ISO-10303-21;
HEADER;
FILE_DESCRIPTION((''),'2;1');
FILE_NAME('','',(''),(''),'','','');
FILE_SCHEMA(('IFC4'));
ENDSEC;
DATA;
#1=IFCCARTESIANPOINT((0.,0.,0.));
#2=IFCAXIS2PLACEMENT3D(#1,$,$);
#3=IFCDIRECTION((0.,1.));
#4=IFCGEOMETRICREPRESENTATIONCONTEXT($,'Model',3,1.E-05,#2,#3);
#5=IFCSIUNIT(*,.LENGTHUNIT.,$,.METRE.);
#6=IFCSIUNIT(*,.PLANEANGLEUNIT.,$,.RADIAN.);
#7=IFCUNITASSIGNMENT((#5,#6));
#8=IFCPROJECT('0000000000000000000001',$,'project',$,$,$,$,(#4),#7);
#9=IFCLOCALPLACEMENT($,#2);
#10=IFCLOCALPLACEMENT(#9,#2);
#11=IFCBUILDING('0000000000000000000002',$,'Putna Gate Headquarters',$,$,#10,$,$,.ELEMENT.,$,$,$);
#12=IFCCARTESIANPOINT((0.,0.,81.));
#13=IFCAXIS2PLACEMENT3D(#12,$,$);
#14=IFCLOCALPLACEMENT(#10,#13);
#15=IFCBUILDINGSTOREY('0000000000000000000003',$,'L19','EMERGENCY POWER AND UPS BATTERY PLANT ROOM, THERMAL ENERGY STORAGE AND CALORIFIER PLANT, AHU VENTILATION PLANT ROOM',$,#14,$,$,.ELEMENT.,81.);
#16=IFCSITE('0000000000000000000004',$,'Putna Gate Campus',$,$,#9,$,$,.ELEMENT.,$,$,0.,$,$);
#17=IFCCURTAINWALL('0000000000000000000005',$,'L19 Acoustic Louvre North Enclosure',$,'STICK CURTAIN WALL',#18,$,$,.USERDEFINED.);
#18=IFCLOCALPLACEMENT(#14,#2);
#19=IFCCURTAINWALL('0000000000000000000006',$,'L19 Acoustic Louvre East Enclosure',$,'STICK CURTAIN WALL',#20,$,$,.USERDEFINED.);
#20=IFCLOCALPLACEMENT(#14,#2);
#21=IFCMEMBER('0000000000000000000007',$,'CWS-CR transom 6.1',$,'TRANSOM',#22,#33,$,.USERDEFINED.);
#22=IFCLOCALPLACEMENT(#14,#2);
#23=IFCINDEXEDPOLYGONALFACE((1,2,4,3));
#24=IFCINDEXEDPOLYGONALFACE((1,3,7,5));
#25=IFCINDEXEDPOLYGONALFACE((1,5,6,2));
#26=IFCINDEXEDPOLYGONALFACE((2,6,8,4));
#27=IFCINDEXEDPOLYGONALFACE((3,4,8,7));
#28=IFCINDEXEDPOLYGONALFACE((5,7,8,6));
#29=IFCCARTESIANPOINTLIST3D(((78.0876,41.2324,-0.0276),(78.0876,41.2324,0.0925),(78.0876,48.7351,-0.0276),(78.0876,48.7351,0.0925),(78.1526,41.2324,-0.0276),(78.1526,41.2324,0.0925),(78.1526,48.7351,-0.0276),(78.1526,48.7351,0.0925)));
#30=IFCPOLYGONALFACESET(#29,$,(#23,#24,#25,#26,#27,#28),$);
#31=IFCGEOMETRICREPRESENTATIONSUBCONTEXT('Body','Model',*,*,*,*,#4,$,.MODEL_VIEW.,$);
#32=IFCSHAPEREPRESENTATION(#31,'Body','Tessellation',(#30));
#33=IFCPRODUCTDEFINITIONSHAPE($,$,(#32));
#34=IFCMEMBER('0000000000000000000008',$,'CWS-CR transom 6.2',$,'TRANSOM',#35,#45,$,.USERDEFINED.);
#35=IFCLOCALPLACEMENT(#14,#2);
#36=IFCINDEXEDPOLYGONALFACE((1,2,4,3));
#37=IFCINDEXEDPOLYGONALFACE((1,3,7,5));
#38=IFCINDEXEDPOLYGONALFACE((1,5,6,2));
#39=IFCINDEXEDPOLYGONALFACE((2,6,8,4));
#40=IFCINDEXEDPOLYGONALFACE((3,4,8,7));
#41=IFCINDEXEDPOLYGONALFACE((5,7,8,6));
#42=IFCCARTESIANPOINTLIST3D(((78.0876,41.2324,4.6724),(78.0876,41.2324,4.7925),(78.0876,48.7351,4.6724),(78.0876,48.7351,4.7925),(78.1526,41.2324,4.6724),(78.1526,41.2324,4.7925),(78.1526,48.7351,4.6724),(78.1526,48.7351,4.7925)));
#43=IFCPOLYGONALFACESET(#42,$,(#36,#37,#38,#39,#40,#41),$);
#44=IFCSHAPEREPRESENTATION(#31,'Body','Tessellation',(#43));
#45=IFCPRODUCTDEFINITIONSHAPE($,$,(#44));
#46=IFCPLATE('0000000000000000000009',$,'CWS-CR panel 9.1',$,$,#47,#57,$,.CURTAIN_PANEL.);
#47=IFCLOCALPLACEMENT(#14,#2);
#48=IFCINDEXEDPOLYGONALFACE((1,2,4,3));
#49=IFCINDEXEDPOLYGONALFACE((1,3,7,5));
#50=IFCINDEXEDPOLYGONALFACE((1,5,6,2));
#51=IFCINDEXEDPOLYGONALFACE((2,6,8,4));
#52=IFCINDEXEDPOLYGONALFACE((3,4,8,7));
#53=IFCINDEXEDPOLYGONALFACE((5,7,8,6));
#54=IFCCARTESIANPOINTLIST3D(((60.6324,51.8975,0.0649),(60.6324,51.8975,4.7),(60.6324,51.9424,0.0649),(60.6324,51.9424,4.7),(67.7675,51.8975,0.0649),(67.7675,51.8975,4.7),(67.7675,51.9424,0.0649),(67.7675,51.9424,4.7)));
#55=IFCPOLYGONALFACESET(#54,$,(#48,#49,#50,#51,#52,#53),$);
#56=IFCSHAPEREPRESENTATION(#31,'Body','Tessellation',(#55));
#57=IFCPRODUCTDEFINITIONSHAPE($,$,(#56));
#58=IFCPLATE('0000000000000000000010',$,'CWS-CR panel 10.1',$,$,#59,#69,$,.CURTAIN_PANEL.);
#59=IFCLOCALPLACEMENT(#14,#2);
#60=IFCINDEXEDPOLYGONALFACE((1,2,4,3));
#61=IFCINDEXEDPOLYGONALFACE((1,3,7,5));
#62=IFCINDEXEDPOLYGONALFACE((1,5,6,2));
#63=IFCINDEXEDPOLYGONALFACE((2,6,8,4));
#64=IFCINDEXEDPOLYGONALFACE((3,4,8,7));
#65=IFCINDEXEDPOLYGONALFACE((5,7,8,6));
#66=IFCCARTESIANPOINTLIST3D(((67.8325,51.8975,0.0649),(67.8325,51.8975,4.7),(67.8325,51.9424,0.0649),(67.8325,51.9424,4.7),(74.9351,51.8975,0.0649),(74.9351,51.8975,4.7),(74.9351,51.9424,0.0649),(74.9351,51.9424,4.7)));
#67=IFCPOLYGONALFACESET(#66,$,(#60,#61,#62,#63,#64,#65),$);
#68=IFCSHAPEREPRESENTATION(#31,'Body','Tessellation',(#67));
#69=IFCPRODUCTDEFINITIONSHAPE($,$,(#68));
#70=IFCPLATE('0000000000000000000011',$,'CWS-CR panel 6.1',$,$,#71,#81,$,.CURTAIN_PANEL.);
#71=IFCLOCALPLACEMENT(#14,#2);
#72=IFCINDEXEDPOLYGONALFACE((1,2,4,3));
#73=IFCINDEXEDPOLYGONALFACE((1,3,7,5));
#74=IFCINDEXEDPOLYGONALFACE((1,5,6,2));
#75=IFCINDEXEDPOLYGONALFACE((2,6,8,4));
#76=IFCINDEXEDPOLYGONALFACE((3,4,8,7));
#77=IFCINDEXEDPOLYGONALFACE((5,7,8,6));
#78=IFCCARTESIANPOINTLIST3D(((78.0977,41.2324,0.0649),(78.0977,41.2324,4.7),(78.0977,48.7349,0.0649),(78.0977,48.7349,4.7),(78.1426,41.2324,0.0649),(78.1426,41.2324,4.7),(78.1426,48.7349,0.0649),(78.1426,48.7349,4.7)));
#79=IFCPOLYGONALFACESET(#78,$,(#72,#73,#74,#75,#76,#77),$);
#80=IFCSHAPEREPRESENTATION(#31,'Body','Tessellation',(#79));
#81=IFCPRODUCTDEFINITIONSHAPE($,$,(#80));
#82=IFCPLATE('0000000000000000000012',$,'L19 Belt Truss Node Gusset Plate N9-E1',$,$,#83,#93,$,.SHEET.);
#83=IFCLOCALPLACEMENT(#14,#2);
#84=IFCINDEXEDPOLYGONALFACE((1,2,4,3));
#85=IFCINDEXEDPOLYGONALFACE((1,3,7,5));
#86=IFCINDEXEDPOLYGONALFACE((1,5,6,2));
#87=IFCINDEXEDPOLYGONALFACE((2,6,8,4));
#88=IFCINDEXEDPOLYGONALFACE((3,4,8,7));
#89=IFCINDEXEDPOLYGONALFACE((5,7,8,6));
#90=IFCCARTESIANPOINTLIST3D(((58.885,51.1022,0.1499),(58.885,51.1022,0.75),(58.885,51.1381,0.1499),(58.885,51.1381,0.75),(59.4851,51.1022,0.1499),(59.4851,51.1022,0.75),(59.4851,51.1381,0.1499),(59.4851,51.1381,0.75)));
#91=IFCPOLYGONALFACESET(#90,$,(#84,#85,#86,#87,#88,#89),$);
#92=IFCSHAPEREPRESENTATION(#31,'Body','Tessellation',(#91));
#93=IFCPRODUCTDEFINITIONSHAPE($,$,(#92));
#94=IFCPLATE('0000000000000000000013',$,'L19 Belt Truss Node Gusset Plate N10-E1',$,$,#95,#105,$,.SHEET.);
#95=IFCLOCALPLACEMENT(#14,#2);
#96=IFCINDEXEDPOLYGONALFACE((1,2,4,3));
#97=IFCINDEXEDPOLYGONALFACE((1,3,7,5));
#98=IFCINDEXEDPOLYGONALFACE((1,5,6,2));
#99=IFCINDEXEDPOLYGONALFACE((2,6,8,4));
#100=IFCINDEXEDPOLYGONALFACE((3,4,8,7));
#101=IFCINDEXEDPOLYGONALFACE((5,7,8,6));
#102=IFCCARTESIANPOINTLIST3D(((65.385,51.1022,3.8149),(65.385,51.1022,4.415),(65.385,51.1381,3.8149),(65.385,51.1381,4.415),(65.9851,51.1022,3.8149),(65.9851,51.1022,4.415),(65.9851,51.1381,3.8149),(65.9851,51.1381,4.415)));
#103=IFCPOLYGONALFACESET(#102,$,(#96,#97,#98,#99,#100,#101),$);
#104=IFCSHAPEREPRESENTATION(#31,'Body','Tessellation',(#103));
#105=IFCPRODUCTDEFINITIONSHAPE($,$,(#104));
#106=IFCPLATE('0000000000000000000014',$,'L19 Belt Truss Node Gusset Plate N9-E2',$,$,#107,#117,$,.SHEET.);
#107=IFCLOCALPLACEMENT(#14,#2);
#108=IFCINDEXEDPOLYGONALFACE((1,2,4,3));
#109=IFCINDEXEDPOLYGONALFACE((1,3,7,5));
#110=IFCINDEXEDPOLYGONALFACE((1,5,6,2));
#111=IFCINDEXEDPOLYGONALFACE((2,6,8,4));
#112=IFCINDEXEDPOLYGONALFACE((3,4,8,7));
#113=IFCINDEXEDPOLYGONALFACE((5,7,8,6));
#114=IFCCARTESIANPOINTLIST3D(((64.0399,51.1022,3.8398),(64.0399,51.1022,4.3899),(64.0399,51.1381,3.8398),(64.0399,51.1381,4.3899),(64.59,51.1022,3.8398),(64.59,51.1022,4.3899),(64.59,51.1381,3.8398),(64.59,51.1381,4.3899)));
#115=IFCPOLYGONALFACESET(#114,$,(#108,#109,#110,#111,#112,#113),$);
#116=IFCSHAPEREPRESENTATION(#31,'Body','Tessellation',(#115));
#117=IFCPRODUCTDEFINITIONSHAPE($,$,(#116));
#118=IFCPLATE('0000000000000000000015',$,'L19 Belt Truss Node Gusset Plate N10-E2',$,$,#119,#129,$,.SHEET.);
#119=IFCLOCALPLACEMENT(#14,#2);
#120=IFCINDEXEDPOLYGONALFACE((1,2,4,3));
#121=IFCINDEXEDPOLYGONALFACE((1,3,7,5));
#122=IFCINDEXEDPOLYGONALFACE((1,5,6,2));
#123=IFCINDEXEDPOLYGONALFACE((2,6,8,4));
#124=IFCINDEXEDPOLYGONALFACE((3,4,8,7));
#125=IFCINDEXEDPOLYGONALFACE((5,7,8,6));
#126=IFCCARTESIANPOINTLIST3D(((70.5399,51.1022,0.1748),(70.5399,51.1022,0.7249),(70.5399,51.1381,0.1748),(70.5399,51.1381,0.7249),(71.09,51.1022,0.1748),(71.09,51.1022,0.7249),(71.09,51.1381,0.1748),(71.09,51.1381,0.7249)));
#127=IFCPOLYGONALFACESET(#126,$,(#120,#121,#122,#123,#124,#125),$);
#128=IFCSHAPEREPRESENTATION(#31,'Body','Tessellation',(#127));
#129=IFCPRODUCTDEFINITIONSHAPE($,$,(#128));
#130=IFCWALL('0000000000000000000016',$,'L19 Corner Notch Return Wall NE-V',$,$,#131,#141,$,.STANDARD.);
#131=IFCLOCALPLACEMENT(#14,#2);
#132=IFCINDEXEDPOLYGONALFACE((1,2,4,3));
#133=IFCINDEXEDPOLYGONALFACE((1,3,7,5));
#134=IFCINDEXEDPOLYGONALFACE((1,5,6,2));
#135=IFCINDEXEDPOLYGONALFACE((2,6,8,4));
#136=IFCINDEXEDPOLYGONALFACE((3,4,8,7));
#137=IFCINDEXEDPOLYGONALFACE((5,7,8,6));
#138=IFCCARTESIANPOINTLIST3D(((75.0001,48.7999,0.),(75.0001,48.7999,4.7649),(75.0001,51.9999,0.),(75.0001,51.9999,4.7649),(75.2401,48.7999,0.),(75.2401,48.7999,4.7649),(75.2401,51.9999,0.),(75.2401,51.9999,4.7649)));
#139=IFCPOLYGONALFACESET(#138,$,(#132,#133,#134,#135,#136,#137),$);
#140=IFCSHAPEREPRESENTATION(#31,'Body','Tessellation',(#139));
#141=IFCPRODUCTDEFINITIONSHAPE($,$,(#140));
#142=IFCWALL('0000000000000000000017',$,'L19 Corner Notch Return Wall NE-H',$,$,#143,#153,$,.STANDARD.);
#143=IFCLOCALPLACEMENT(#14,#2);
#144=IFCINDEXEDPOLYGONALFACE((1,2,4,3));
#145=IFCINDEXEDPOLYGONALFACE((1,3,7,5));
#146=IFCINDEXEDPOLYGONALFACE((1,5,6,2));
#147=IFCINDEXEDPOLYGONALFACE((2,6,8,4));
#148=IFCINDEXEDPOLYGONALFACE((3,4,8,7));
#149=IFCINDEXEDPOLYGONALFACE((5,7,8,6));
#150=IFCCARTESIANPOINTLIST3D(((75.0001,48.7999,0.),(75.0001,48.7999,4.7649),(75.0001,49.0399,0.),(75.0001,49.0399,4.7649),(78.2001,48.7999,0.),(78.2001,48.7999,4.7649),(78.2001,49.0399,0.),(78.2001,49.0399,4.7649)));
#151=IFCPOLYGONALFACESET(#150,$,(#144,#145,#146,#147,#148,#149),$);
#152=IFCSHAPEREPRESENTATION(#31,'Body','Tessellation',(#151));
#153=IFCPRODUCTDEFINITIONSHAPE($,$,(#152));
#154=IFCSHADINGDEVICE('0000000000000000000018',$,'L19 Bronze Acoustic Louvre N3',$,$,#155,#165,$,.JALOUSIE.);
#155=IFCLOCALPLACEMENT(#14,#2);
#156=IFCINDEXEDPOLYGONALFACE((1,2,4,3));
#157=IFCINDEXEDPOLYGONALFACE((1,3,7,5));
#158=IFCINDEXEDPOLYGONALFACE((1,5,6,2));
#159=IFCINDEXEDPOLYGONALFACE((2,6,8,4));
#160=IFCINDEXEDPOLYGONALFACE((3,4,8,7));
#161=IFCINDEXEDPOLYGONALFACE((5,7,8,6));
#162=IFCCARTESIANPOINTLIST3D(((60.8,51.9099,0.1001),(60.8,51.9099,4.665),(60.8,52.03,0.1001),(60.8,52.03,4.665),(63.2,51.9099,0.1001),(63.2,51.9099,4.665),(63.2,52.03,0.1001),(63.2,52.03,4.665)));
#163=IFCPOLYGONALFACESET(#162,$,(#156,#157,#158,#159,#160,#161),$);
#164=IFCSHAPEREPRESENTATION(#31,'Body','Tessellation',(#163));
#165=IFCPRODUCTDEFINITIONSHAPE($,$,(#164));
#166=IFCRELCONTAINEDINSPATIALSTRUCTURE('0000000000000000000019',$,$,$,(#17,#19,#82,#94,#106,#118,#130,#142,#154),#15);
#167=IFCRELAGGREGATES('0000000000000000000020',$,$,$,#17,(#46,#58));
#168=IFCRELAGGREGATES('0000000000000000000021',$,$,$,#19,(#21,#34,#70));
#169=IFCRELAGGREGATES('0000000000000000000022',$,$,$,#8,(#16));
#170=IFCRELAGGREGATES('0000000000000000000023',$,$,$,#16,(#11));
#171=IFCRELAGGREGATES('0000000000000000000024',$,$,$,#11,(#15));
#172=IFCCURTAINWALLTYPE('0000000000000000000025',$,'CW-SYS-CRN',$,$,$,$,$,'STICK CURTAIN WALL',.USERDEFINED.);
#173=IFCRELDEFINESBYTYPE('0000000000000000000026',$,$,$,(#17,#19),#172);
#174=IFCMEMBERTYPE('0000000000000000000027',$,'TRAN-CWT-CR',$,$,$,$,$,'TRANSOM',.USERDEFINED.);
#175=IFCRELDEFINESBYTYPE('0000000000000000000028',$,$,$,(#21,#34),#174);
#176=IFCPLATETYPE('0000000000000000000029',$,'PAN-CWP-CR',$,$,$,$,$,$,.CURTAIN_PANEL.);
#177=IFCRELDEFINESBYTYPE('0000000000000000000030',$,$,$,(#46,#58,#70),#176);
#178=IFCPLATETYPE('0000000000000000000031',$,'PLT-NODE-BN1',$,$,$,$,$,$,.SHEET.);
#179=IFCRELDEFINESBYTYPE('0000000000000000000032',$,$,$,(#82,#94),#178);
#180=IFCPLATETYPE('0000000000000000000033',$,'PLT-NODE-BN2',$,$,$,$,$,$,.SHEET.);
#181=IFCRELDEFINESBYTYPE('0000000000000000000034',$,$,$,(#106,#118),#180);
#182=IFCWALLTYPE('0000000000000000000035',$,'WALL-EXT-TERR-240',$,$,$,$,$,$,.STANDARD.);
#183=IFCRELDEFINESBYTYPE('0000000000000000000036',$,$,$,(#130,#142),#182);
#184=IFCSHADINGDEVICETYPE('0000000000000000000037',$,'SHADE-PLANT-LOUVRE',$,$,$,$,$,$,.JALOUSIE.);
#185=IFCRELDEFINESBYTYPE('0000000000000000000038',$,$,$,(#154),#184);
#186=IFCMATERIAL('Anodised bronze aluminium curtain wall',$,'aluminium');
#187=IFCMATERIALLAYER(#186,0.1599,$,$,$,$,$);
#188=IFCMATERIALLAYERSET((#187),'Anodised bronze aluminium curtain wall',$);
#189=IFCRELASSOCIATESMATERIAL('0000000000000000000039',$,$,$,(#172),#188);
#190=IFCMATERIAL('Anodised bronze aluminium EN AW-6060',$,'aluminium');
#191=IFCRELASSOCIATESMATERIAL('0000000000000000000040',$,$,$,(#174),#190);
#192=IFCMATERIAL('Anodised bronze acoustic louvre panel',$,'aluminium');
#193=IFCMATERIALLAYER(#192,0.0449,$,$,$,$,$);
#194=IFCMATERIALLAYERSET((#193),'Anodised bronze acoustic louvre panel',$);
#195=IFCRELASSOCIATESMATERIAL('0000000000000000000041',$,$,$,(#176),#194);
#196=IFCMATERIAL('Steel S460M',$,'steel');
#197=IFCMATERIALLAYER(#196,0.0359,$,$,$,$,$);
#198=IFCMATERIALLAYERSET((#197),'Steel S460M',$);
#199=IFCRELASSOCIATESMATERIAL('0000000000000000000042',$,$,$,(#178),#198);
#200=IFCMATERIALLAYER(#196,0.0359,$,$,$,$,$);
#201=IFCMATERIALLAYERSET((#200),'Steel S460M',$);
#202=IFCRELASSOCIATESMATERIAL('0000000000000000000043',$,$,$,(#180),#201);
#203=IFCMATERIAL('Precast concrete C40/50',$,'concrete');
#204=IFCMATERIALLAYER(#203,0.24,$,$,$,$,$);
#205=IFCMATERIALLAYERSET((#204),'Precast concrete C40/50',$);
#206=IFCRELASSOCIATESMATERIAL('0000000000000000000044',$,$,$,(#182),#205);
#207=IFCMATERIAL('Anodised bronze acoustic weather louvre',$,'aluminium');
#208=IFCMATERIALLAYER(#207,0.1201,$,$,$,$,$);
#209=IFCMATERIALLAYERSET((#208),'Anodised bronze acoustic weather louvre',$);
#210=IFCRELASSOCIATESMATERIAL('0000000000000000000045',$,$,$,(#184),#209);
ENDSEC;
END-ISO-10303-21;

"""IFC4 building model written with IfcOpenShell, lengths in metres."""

from ifc_helpers import new_model, si_unit, direction, frame, frame_2d, origin, origin_2d, place, context, subcontext, project, spatial, rectangle, extrude, material, layer, layer_set, material_profile, profile_set, type_object, element, aggregate, save


model = new_model("IFC4")

# Units and contexts
model_context = context("Model", 3, precision=1e-05, world=origin(), true_north=direction((0.0, 1.0)))
body_context = subcontext(model_context, "Body", "Model", "MODEL_VIEW")
ifc_project = project(units=[si_unit("LENGTHUNIT", "METRE"), si_unit("PLANEANGLEUNIT", "RADIAN")], contexts=[model_context])

# Site, building, storey
site_placement = place(None, origin())
site = spatial("IfcSite", under=ifc_project, at=site_placement, Name="Putna Gate Campus", CompositionType="ELEMENT", RefElevation=0.0)
building_placement = place(site_placement, origin())
building = spatial("IfcBuilding", under=site, at=building_placement, Name="Putna Gate Headquarters", CompositionType="ELEMENT")
storey_placement = place(building_placement, frame((0.0, 0.0, 81.0)))
storey = spatial("IfcBuildingStorey", under=building, at=storey_placement, Name="L19", Description="EMERGENCY POWER AND UPS BATTERY PLANT ROOM, THERMAL ENERGY STORAGE AND CALORIFIER PLANT, AHU VENTILATION PLANT ROOM", CompositionType="ELEMENT", Elevation=81.0)

# Shared definitions
ifc_material_1 = material(Name="Steel S460M", Category="steel")

# Curtain wall
ifc_material_2 = material(Name="Anodised bronze aluminium curtain wall", Category="aluminium")
ifc_layer_1 = layer(ifc_material_2, 0.1599)
ifc_layer_set_1 = layer_set([ifc_layer_1], Name="Anodised bronze aluminium curtain wall")
curtain_wall_type = type_object("IfcCurtainWallType", Name="CW-SYS-CRN", ElementType="STICK CURTAIN WALL", PredefinedType="USERDEFINED", material=ifc_layer_set_1)
curtain_wall_1_placement = place(storey_placement, origin())
curtain_wall_1 = element("IfcCurtainWall", 1, at=curtain_wall_1_placement, inside=storey, type_object=curtain_wall_type, Name="L19 Acoustic Louvre North Enclosure", ObjectType="STICK CURTAIN WALL", PredefinedType="USERDEFINED")
ifc_material_3 = material(Name="Anodised bronze aluminium EN AW-6060", Category="aluminium")

# Curtain wall
curtain_wall_2_placement = place(storey_placement, origin())
curtain_wall_2 = element("IfcCurtainWall", 2, at=curtain_wall_2_placement, inside=storey, type_object=curtain_wall_type, Name="L19 Acoustic Louvre East Enclosure", ObjectType="STICK CURTAIN WALL", PredefinedType="USERDEFINED")

# Members
ifc_material_profile_1 = material_profile(ifc_material_3, rectangle(XDim=0.0649, YDim=0.1201, at=origin_2d()), Name="Anodised bronze aluminium EN AW-6060")
ifc_profile_set_1 = profile_set([ifc_material_profile_1], Name="Anodised bronze aluminium EN AW-6060")
member_type_1 = type_object("IfcMemberType", Name="TRAN-CWT-CR", ElementType="TRANSOM", PredefinedType="USERDEFINED", material=ifc_profile_set_1)
member_1_placement = place(storey_placement, frame((78.1201, 41.2324, 0.0325), z_axis=(0.0, 1.0, 0.0), x_axis=(-1.0, 0.0, 0.0)))
member_1 = element("IfcMember", 3, at=member_1_placement, type_object=member_type_1, Name="CWS-CR transom 6.1", ObjectType="TRANSOM", PredefinedType="USERDEFINED", context=body_context, shape_type="SweptSolid", body=[
    extrude(rectangle(XDim=0.0649, YDim=0.1201, at=origin_2d()), origin(), (0.0, 0.0, 1.0), 7.5027),
])
member_2_placement = place(storey_placement, frame((78.1201, 41.2324, 4.7324), z_axis=(0.0, 1.0, 0.0), x_axis=(-1.0, 0.0, 0.0)))
member_2 = element("IfcMember", 4, at=member_2_placement, type_object=member_type_1, Name="CWS-CR transom 6.2", ObjectType="TRANSOM", PredefinedType="USERDEFINED", context=body_context, shape_type="SweptSolid", body=[
    extrude(rectangle(XDim=0.0649, YDim=0.1201, at=origin_2d()), origin(), (0.0, 0.0, 1.0), 7.5027),
])

# Plates
ifc_material_4 = material(Name="Anodised bronze acoustic louvre panel", Category="aluminium")
ifc_layer_2 = layer(ifc_material_4, 0.0449)
ifc_layer_set_2 = layer_set([ifc_layer_2], Name="Anodised bronze acoustic louvre panel")
plate_type_1 = type_object("IfcPlateType", Name="PAN-CWP-CR", PredefinedType="CURTAIN_PANEL", material=ifc_layer_set_2)
plate_1_placement = place(storey_placement, frame((64.2, 51.9199, 0.0649), z_axis=(0.0, 0.0, 1.0), x_axis=(1.0, 0.0, 0.0)))
plate_1 = element("IfcPlate", 5, at=plate_1_placement, type_object=plate_type_1, Name="CWS-CR panel 9.1", PredefinedType="CURTAIN_PANEL", context=body_context, shape_type="SweptSolid", body=[
    extrude(rectangle(XDim=7.135, YDim=0.0449, at=origin_2d()), origin(), (0.0, 0.0, 1.0), 4.635),
])
plate_2_placement = place(storey_placement, frame((71.3838, 51.9199, 0.0649), z_axis=(0.0, 0.0, 1.0), x_axis=(1.0, 0.0, 0.0)))
plate_2 = element("IfcPlate", 6, at=plate_2_placement, type_object=plate_type_1, Name="CWS-CR panel 10.1", PredefinedType="CURTAIN_PANEL", context=body_context, shape_type="SweptSolid", body=[
    extrude(rectangle(XDim=7.1025, YDim=0.0449, at=origin_2d()), origin(), (0.0, 0.0, 1.0), 4.635),
])
aggregate(curtain_wall_1, [plate_1, plate_2])
plate_3_placement = place(storey_placement, frame((78.1201, 44.9836, 0.0649), z_axis=(0.0, 0.0, 1.0), x_axis=(0.0, 1.0, 0.0)))
plate_3 = element("IfcPlate", 7, at=plate_3_placement, type_object=plate_type_1, Name="CWS-CR panel 6.1", PredefinedType="CURTAIN_PANEL", context=body_context, shape_type="SweptSolid", body=[
    extrude(rectangle(XDim=7.5024, YDim=0.0449, at=origin_2d()), origin(), (0.0, 0.0, 1.0), 4.635),
])
aggregate(curtain_wall_2, [member_1, member_2, plate_3])

# Plates
ifc_layer_3 = layer(ifc_material_1, 0.0359)
ifc_layer_set_3 = layer_set([ifc_layer_3], Name="Steel S460M")
plate_type_2 = type_object("IfcPlateType", Name="PLT-NODE-BN1", PredefinedType="SHEET", material=ifc_layer_set_3)
for number, where, z_axis, x_axis, name in (
    (8, (59.1851, 51.1201, 0.1499), (0.0, 0.0, 1.0), (1.0, 0.0, 0.0), "L19 Belt Truss Node Gusset Plate N9-E1"),
    (9, (65.6851, 51.1201, 3.8149), (0.0, 0.0, 1.0), (1.0, 0.0, 0.0), "L19 Belt Truss Node Gusset Plate N10-E1"),
):
    element("IfcPlate", number, at=place(storey_placement, frame(where, z_axis=z_axis, x_axis=x_axis)), inside=storey, type_object=plate_type_2, Name=name, PredefinedType="SHEET", context=body_context, shape_type="SweptSolid", body=[
        extrude(rectangle(XDim=0.6001, YDim=0.0359, at=origin_2d()), origin(), (0.0, 0.0, 1.0), 0.6001),
    ])
ifc_layer_4 = layer(ifc_material_1, 0.0359)
ifc_layer_set_4 = layer_set([ifc_layer_4], Name="Steel S460M")
plate_type_3 = type_object("IfcPlateType", Name="PLT-NODE-BN2", PredefinedType="SHEET", material=ifc_layer_set_4)
for number, where, z_axis, x_axis, name in (
    (10, (64.3149, 51.1201, 3.8398), (0.0, 0.0, 1.0), (1.0, 0.0, 0.0), "L19 Belt Truss Node Gusset Plate N9-E2"),
    (11, (70.8149, 51.1201, 0.1748), (0.0, 0.0, 1.0), (1.0, 0.0, 0.0), "L19 Belt Truss Node Gusset Plate N10-E2"),
):
    element("IfcPlate", number, at=place(storey_placement, frame(where, z_axis=z_axis, x_axis=x_axis)), inside=storey, type_object=plate_type_3, Name=name, PredefinedType="SHEET", context=body_context, shape_type="SweptSolid", body=[
        extrude(rectangle(XDim=0.55, YDim=0.0359, at=origin_2d()), origin(), (0.0, 0.0, 1.0), 0.55),
    ])

# Walls
ifc_material_5 = material(Name="Precast concrete C40/50", Category="concrete")
ifc_layer_5 = layer(ifc_material_5, 0.24)
ifc_layer_set_5 = layer_set([ifc_layer_5], Name="Precast concrete C40/50")
wall_type = type_object("IfcWallType", Name="WALL-EXT-TERR-240", PredefinedType="STANDARD", material=ifc_layer_set_5)
for number, where, z_axis, x_axis, name in (
    (12, (75.1201, 52.0, 0.0), (0.0, 0.0, 1.0), (0.0, -1.0, 0.0), "L19 Corner Notch Return Wall NE-V"),
    (13, (75.0, 48.9199, 0.0), (0.0, 0.0, 1.0), (1.0, 0.0, 0.0), "L19 Corner Notch Return Wall NE-H"),
):
    element("IfcWall", number, at=place(storey_placement, frame(where, z_axis=z_axis, x_axis=x_axis)), inside=storey, type_object=wall_type, Name=name, PredefinedType="STANDARD", context=body_context, shape_type="SweptSolid", body=[
        extrude(rectangle(XDim=3.2, YDim=0.24, at=frame_2d((1.6001, 0.0))), origin(), (0.0, 0.0, 1.0), 4.7649),
    ])

# Shading device
ifc_material_6 = material(Name="Anodised bronze acoustic weather louvre", Category="aluminium")
ifc_layer_6 = layer(ifc_material_6, 0.1201)
ifc_layer_set_6 = layer_set([ifc_layer_6], Name="Anodised bronze acoustic weather louvre")
shading_device_type = type_object("IfcShadingDeviceType", Name="SHADE-PLANT-LOUVRE", PredefinedType="JALOUSIE", material=ifc_layer_set_6)
shading_device_placement = place(storey_placement, frame((62.0, 51.97, 0.1001), z_axis=(0.0, 0.0, 1.0), x_axis=(1.0, 0.0, 0.0)))
element("IfcShadingDevice", 14, at=shading_device_placement, inside=storey, type_object=shading_device_type, Name="L19 Bronze Acoustic Louvre N3", PredefinedType="JALOUSIE", context=body_context, shape_type="SweptSolid", body=[
    extrude(rectangle(XDim=2.3999, YDim=0.1201, at=origin_2d()), origin(), (0.0, 0.0, 1.0), 4.5649),
])

save(model, "model.ifc")
